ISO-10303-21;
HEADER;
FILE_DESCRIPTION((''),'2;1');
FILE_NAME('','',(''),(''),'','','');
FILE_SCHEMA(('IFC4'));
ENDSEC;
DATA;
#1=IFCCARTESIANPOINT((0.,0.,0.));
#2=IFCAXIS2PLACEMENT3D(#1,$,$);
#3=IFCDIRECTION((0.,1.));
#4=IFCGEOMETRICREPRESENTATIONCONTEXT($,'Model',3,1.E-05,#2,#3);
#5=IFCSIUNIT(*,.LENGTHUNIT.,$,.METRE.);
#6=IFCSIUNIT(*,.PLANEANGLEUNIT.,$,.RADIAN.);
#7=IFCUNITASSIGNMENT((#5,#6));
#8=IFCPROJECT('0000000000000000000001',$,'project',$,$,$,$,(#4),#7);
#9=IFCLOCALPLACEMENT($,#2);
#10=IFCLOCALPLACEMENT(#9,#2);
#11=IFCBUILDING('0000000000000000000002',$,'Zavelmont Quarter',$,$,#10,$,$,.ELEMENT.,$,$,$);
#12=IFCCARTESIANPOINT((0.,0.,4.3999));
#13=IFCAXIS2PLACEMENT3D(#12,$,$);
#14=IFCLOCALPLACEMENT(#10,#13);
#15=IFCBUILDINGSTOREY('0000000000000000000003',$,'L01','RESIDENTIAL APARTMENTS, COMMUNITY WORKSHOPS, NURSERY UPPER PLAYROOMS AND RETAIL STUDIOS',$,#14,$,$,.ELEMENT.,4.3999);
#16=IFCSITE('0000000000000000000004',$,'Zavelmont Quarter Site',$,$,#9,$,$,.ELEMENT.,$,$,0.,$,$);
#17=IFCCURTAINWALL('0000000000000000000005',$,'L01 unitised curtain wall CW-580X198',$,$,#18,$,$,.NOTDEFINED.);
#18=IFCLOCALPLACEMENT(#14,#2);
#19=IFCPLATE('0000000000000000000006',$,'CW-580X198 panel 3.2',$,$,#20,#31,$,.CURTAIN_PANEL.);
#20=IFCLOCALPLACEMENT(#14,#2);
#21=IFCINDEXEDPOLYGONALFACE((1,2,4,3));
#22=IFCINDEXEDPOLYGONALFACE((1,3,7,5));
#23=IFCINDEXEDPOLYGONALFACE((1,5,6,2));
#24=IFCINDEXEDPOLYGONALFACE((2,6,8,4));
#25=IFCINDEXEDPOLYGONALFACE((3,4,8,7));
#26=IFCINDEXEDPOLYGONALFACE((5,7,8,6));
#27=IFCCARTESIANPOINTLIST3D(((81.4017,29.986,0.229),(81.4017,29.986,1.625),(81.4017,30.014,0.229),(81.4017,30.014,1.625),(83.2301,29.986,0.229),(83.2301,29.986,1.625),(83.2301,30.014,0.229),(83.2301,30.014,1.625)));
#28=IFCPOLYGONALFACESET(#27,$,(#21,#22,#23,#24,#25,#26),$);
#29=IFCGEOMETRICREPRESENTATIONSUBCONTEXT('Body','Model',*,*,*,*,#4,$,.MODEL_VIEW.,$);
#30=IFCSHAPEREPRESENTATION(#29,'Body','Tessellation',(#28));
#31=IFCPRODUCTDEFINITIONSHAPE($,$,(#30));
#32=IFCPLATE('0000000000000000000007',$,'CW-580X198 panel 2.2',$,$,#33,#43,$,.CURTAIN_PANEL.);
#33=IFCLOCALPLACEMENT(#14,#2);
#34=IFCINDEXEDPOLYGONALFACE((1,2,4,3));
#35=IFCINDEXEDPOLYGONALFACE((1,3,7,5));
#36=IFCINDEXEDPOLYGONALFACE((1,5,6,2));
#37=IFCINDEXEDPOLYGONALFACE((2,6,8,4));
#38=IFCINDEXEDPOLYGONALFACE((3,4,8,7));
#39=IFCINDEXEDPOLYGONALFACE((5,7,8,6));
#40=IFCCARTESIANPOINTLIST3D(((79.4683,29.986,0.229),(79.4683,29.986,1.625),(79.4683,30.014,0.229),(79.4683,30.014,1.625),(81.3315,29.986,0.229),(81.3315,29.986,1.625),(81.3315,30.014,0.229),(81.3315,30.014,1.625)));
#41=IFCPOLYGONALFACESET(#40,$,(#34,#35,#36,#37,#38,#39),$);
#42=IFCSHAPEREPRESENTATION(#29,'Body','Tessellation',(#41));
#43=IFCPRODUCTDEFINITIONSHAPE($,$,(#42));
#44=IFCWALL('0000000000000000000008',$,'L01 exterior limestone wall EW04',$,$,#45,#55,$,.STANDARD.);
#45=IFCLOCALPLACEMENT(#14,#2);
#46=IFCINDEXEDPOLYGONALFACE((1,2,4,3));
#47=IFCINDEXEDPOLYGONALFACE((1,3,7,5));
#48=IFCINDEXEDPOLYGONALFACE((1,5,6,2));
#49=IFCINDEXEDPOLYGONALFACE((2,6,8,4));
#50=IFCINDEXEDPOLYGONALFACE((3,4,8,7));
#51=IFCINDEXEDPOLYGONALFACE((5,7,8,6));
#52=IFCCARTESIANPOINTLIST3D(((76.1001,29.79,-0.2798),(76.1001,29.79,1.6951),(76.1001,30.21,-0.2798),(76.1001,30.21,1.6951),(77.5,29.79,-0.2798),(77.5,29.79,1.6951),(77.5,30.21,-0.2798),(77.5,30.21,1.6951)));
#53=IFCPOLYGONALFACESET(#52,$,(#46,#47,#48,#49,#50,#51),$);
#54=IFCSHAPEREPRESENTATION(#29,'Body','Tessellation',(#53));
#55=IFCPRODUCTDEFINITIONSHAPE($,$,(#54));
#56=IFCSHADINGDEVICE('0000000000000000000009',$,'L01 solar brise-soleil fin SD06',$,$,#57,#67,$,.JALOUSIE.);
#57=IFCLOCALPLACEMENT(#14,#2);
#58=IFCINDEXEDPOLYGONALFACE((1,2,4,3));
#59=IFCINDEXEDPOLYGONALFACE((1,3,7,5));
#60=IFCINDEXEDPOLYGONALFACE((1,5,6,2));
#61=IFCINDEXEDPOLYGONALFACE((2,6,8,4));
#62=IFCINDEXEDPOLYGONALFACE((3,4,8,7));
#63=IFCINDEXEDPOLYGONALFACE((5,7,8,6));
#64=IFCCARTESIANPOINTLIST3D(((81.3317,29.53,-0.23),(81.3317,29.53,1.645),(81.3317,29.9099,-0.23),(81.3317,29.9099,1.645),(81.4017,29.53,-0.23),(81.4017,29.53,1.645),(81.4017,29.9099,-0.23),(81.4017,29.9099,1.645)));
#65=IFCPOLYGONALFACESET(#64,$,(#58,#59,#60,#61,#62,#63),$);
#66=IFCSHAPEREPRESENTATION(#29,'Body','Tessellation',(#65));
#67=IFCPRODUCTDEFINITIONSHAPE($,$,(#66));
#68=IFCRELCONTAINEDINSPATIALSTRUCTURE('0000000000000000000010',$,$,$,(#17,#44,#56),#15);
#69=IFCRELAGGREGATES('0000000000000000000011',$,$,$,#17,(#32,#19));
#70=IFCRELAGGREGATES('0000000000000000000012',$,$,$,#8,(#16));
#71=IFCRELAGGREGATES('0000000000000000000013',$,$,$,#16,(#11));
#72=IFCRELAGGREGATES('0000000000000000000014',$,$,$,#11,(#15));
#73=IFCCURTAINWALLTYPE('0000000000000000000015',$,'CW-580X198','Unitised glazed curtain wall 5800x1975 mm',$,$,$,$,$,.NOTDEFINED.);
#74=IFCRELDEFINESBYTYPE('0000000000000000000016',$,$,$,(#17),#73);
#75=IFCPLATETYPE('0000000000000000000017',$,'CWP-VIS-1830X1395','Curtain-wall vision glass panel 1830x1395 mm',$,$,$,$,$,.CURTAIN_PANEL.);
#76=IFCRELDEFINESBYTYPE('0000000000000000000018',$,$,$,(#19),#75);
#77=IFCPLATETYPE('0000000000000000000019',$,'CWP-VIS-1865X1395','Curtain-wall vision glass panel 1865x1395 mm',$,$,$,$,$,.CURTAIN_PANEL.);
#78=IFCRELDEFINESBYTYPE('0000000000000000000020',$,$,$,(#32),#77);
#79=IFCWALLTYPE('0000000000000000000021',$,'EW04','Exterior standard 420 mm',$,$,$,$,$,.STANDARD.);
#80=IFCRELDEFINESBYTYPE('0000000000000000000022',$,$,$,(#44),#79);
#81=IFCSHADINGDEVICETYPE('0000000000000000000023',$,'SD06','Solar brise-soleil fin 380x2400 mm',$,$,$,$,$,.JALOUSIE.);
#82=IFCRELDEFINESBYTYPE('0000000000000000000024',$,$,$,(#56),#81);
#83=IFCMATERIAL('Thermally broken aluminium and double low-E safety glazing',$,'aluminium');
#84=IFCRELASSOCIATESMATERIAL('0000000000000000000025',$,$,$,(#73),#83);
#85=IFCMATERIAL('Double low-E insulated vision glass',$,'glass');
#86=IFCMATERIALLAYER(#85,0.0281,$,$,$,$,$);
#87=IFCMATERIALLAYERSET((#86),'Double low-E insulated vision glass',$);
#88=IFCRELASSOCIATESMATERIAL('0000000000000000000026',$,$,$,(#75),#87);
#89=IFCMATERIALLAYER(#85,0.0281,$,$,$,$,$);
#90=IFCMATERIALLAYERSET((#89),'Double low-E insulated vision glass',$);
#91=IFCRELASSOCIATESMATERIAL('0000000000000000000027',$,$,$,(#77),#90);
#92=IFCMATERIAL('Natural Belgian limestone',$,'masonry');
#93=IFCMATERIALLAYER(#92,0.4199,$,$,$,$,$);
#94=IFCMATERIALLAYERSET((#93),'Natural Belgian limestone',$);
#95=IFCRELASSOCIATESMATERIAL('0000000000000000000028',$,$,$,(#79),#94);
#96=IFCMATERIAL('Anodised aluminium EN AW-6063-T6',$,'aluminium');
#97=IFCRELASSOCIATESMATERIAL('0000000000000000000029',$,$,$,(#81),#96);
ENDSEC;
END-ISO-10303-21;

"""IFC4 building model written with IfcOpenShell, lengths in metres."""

from ifc_helpers import new_model, si_unit, direction, frame, frame_2d, origin, origin_2d, place, context, subcontext, project, spatial, rectangle, extrude, material, layer, layer_set, type_object, element, aggregate, save


model = new_model("IFC4")

# Units and contexts
model_context = context("Model", 3, precision=1e-05, world=origin(), true_north=direction((0.0, 1.0)))
body_context = subcontext(model_context, "Body", "Model", "MODEL_VIEW")
ifc_project = project(units=[si_unit("LENGTHUNIT", "METRE"), si_unit("PLANEANGLEUNIT", "RADIAN")], contexts=[model_context])

# Site, building, storey
site_placement = place(None, origin())
site = spatial("IfcSite", under=ifc_project, at=site_placement, Name="Zavelmont Quarter Site", CompositionType="ELEMENT", RefElevation=0.0)
building_placement = place(site_placement, origin())
building = spatial("IfcBuilding", under=site, at=building_placement, Name="Zavelmont Quarter", CompositionType="ELEMENT")
storey_placement = place(building_placement, frame((0.0, 0.0, 4.3999)))
storey = spatial("IfcBuildingStorey", under=building, at=storey_placement, Name="L01", Description="RESIDENTIAL APARTMENTS, COMMUNITY WORKSHOPS, NURSERY UPPER PLAYROOMS AND RETAIL STUDIOS", CompositionType="ELEMENT", Elevation=4.3999)

# Shared definitions
ifc_material_1 = material(Name="Thermally broken aluminium and double low-E safety glazing", Category="aluminium")
curtain_wall_type = type_object("IfcCurtainWallType", Name="CW-580X198", Description="Unitised glazed curtain wall 5800x1975 mm", PredefinedType="NOTDEFINED", material=ifc_material_1)

# Curtain wall
curtain_wall_1_placement = place(storey_placement, origin())
curtain_wall_1 = element("IfcCurtainWall", 1, at=curtain_wall_1_placement, inside=storey, type_object=curtain_wall_type, Name="L01 unitised curtain wall CW-580X198", PredefinedType="NOTDEFINED")

# Plates
ifc_material_2 = material(Name="Double low-E insulated vision glass", Category="glass")
ifc_layer_1 = layer(ifc_material_2, 0.0281)
ifc_layer_set_1 = layer_set([ifc_layer_1], Name="Double low-E insulated vision glass")
plate_type_1 = type_object("IfcPlateType", Name="CWP-VIS-1830X1395", Description="Curtain-wall vision glass panel 1830x1395 mm", PredefinedType="CURTAIN_PANEL", material=ifc_layer_set_1)
plate_1_placement = place(storey_placement, frame((82.3159, 30.0, 0.229), z_axis=(0.0, 0.0, 1.0), x_axis=(1.0, 0.0, 0.0)))
plate_1 = element("IfcPlate", 2, at=plate_1_placement, type_object=plate_type_1, Name="CW-580X198 panel 3.2", PredefinedType="CURTAIN_PANEL", context=body_context, shape_type="SweptSolid", body=[
    extrude(rectangle(XDim=1.8284, YDim=0.0281, at=origin_2d()), origin(), (0.0, 0.0, 1.0), 1.396),
])
ifc_layer_2 = layer(ifc_material_2, 0.0281)
ifc_layer_set_2 = layer_set([ifc_layer_2], Name="Double low-E insulated vision glass")
plate_type_2 = type_object("IfcPlateType", Name="CWP-VIS-1865X1395", Description="Curtain-wall vision glass panel 1865x1395 mm", PredefinedType="CURTAIN_PANEL", material=ifc_layer_set_2)
plate_2_placement = place(storey_placement, frame((80.3999, 30.0, 0.229), z_axis=(0.0, 0.0, 1.0), x_axis=(1.0, 0.0, 0.0)))
plate_2 = element("IfcPlate", 3, at=plate_2_placement, type_object=plate_type_2, Name="CW-580X198 panel 2.2", PredefinedType="CURTAIN_PANEL", context=body_context, shape_type="SweptSolid", body=[
    extrude(rectangle(XDim=1.8633, YDim=0.0281, at=origin_2d()), origin(), (0.0, 0.0, 1.0), 1.396),
])
aggregate(curtain_wall_1, [plate_2, plate_1])

# Wall
ifc_material_3 = material(Name="Natural Belgian limestone", Category="masonry")
ifc_layer_3 = layer(ifc_material_3, 0.4199)
ifc_layer_set_3 = layer_set([ifc_layer_3], Name="Natural Belgian limestone")
wall_type = type_object("IfcWallType", Name="EW04", Description="Exterior standard 420 mm", PredefinedType="STANDARD", material=ifc_layer_set_3)
wall_placement = place(storey_placement, frame((76.1001, 30.0, -0.2798), z_axis=(0.0, 0.0, 1.0), x_axis=(1.0, 0.0, 0.0)))
element("IfcWall", 4, at=wall_placement, inside=storey, type_object=wall_type, Name="L01 exterior limestone wall EW04", PredefinedType="STANDARD", context=body_context, shape_type="SweptSolid", body=[
    extrude(rectangle(XDim=1.3999, YDim=0.4199, at=frame_2d((0.7, 0.0))), origin(), (0.0, 0.0, 1.0), 1.9749),
])

# Shading device
ifc_material_4 = material(Name="Anodised aluminium EN AW-6063-T6", Category="aluminium")
shading_device_type = type_object("IfcShadingDeviceType", Name="SD06", Description="Solar brise-soleil fin 380x2400 mm", PredefinedType="JALOUSIE", material=ifc_material_4)
shading_device_placement = place(storey_placement, frame((81.3667, 29.72, -0.23), z_axis=(0.0, 0.0, 1.0), x_axis=(1.0, 0.0, 0.0)))
element("IfcShadingDevice", 5, at=shading_device_placement, inside=storey, type_object=shading_device_type, Name="L01 solar brise-soleil fin SD06", PredefinedType="JALOUSIE", context=body_context, shape_type="SweptSolid", body=[
    extrude(rectangle(XDim=0.0701, YDim=0.3799, at=origin_2d()), origin(), (0.0, 0.0, 1.0), 1.875),
])

save(model, "model.ifc")
